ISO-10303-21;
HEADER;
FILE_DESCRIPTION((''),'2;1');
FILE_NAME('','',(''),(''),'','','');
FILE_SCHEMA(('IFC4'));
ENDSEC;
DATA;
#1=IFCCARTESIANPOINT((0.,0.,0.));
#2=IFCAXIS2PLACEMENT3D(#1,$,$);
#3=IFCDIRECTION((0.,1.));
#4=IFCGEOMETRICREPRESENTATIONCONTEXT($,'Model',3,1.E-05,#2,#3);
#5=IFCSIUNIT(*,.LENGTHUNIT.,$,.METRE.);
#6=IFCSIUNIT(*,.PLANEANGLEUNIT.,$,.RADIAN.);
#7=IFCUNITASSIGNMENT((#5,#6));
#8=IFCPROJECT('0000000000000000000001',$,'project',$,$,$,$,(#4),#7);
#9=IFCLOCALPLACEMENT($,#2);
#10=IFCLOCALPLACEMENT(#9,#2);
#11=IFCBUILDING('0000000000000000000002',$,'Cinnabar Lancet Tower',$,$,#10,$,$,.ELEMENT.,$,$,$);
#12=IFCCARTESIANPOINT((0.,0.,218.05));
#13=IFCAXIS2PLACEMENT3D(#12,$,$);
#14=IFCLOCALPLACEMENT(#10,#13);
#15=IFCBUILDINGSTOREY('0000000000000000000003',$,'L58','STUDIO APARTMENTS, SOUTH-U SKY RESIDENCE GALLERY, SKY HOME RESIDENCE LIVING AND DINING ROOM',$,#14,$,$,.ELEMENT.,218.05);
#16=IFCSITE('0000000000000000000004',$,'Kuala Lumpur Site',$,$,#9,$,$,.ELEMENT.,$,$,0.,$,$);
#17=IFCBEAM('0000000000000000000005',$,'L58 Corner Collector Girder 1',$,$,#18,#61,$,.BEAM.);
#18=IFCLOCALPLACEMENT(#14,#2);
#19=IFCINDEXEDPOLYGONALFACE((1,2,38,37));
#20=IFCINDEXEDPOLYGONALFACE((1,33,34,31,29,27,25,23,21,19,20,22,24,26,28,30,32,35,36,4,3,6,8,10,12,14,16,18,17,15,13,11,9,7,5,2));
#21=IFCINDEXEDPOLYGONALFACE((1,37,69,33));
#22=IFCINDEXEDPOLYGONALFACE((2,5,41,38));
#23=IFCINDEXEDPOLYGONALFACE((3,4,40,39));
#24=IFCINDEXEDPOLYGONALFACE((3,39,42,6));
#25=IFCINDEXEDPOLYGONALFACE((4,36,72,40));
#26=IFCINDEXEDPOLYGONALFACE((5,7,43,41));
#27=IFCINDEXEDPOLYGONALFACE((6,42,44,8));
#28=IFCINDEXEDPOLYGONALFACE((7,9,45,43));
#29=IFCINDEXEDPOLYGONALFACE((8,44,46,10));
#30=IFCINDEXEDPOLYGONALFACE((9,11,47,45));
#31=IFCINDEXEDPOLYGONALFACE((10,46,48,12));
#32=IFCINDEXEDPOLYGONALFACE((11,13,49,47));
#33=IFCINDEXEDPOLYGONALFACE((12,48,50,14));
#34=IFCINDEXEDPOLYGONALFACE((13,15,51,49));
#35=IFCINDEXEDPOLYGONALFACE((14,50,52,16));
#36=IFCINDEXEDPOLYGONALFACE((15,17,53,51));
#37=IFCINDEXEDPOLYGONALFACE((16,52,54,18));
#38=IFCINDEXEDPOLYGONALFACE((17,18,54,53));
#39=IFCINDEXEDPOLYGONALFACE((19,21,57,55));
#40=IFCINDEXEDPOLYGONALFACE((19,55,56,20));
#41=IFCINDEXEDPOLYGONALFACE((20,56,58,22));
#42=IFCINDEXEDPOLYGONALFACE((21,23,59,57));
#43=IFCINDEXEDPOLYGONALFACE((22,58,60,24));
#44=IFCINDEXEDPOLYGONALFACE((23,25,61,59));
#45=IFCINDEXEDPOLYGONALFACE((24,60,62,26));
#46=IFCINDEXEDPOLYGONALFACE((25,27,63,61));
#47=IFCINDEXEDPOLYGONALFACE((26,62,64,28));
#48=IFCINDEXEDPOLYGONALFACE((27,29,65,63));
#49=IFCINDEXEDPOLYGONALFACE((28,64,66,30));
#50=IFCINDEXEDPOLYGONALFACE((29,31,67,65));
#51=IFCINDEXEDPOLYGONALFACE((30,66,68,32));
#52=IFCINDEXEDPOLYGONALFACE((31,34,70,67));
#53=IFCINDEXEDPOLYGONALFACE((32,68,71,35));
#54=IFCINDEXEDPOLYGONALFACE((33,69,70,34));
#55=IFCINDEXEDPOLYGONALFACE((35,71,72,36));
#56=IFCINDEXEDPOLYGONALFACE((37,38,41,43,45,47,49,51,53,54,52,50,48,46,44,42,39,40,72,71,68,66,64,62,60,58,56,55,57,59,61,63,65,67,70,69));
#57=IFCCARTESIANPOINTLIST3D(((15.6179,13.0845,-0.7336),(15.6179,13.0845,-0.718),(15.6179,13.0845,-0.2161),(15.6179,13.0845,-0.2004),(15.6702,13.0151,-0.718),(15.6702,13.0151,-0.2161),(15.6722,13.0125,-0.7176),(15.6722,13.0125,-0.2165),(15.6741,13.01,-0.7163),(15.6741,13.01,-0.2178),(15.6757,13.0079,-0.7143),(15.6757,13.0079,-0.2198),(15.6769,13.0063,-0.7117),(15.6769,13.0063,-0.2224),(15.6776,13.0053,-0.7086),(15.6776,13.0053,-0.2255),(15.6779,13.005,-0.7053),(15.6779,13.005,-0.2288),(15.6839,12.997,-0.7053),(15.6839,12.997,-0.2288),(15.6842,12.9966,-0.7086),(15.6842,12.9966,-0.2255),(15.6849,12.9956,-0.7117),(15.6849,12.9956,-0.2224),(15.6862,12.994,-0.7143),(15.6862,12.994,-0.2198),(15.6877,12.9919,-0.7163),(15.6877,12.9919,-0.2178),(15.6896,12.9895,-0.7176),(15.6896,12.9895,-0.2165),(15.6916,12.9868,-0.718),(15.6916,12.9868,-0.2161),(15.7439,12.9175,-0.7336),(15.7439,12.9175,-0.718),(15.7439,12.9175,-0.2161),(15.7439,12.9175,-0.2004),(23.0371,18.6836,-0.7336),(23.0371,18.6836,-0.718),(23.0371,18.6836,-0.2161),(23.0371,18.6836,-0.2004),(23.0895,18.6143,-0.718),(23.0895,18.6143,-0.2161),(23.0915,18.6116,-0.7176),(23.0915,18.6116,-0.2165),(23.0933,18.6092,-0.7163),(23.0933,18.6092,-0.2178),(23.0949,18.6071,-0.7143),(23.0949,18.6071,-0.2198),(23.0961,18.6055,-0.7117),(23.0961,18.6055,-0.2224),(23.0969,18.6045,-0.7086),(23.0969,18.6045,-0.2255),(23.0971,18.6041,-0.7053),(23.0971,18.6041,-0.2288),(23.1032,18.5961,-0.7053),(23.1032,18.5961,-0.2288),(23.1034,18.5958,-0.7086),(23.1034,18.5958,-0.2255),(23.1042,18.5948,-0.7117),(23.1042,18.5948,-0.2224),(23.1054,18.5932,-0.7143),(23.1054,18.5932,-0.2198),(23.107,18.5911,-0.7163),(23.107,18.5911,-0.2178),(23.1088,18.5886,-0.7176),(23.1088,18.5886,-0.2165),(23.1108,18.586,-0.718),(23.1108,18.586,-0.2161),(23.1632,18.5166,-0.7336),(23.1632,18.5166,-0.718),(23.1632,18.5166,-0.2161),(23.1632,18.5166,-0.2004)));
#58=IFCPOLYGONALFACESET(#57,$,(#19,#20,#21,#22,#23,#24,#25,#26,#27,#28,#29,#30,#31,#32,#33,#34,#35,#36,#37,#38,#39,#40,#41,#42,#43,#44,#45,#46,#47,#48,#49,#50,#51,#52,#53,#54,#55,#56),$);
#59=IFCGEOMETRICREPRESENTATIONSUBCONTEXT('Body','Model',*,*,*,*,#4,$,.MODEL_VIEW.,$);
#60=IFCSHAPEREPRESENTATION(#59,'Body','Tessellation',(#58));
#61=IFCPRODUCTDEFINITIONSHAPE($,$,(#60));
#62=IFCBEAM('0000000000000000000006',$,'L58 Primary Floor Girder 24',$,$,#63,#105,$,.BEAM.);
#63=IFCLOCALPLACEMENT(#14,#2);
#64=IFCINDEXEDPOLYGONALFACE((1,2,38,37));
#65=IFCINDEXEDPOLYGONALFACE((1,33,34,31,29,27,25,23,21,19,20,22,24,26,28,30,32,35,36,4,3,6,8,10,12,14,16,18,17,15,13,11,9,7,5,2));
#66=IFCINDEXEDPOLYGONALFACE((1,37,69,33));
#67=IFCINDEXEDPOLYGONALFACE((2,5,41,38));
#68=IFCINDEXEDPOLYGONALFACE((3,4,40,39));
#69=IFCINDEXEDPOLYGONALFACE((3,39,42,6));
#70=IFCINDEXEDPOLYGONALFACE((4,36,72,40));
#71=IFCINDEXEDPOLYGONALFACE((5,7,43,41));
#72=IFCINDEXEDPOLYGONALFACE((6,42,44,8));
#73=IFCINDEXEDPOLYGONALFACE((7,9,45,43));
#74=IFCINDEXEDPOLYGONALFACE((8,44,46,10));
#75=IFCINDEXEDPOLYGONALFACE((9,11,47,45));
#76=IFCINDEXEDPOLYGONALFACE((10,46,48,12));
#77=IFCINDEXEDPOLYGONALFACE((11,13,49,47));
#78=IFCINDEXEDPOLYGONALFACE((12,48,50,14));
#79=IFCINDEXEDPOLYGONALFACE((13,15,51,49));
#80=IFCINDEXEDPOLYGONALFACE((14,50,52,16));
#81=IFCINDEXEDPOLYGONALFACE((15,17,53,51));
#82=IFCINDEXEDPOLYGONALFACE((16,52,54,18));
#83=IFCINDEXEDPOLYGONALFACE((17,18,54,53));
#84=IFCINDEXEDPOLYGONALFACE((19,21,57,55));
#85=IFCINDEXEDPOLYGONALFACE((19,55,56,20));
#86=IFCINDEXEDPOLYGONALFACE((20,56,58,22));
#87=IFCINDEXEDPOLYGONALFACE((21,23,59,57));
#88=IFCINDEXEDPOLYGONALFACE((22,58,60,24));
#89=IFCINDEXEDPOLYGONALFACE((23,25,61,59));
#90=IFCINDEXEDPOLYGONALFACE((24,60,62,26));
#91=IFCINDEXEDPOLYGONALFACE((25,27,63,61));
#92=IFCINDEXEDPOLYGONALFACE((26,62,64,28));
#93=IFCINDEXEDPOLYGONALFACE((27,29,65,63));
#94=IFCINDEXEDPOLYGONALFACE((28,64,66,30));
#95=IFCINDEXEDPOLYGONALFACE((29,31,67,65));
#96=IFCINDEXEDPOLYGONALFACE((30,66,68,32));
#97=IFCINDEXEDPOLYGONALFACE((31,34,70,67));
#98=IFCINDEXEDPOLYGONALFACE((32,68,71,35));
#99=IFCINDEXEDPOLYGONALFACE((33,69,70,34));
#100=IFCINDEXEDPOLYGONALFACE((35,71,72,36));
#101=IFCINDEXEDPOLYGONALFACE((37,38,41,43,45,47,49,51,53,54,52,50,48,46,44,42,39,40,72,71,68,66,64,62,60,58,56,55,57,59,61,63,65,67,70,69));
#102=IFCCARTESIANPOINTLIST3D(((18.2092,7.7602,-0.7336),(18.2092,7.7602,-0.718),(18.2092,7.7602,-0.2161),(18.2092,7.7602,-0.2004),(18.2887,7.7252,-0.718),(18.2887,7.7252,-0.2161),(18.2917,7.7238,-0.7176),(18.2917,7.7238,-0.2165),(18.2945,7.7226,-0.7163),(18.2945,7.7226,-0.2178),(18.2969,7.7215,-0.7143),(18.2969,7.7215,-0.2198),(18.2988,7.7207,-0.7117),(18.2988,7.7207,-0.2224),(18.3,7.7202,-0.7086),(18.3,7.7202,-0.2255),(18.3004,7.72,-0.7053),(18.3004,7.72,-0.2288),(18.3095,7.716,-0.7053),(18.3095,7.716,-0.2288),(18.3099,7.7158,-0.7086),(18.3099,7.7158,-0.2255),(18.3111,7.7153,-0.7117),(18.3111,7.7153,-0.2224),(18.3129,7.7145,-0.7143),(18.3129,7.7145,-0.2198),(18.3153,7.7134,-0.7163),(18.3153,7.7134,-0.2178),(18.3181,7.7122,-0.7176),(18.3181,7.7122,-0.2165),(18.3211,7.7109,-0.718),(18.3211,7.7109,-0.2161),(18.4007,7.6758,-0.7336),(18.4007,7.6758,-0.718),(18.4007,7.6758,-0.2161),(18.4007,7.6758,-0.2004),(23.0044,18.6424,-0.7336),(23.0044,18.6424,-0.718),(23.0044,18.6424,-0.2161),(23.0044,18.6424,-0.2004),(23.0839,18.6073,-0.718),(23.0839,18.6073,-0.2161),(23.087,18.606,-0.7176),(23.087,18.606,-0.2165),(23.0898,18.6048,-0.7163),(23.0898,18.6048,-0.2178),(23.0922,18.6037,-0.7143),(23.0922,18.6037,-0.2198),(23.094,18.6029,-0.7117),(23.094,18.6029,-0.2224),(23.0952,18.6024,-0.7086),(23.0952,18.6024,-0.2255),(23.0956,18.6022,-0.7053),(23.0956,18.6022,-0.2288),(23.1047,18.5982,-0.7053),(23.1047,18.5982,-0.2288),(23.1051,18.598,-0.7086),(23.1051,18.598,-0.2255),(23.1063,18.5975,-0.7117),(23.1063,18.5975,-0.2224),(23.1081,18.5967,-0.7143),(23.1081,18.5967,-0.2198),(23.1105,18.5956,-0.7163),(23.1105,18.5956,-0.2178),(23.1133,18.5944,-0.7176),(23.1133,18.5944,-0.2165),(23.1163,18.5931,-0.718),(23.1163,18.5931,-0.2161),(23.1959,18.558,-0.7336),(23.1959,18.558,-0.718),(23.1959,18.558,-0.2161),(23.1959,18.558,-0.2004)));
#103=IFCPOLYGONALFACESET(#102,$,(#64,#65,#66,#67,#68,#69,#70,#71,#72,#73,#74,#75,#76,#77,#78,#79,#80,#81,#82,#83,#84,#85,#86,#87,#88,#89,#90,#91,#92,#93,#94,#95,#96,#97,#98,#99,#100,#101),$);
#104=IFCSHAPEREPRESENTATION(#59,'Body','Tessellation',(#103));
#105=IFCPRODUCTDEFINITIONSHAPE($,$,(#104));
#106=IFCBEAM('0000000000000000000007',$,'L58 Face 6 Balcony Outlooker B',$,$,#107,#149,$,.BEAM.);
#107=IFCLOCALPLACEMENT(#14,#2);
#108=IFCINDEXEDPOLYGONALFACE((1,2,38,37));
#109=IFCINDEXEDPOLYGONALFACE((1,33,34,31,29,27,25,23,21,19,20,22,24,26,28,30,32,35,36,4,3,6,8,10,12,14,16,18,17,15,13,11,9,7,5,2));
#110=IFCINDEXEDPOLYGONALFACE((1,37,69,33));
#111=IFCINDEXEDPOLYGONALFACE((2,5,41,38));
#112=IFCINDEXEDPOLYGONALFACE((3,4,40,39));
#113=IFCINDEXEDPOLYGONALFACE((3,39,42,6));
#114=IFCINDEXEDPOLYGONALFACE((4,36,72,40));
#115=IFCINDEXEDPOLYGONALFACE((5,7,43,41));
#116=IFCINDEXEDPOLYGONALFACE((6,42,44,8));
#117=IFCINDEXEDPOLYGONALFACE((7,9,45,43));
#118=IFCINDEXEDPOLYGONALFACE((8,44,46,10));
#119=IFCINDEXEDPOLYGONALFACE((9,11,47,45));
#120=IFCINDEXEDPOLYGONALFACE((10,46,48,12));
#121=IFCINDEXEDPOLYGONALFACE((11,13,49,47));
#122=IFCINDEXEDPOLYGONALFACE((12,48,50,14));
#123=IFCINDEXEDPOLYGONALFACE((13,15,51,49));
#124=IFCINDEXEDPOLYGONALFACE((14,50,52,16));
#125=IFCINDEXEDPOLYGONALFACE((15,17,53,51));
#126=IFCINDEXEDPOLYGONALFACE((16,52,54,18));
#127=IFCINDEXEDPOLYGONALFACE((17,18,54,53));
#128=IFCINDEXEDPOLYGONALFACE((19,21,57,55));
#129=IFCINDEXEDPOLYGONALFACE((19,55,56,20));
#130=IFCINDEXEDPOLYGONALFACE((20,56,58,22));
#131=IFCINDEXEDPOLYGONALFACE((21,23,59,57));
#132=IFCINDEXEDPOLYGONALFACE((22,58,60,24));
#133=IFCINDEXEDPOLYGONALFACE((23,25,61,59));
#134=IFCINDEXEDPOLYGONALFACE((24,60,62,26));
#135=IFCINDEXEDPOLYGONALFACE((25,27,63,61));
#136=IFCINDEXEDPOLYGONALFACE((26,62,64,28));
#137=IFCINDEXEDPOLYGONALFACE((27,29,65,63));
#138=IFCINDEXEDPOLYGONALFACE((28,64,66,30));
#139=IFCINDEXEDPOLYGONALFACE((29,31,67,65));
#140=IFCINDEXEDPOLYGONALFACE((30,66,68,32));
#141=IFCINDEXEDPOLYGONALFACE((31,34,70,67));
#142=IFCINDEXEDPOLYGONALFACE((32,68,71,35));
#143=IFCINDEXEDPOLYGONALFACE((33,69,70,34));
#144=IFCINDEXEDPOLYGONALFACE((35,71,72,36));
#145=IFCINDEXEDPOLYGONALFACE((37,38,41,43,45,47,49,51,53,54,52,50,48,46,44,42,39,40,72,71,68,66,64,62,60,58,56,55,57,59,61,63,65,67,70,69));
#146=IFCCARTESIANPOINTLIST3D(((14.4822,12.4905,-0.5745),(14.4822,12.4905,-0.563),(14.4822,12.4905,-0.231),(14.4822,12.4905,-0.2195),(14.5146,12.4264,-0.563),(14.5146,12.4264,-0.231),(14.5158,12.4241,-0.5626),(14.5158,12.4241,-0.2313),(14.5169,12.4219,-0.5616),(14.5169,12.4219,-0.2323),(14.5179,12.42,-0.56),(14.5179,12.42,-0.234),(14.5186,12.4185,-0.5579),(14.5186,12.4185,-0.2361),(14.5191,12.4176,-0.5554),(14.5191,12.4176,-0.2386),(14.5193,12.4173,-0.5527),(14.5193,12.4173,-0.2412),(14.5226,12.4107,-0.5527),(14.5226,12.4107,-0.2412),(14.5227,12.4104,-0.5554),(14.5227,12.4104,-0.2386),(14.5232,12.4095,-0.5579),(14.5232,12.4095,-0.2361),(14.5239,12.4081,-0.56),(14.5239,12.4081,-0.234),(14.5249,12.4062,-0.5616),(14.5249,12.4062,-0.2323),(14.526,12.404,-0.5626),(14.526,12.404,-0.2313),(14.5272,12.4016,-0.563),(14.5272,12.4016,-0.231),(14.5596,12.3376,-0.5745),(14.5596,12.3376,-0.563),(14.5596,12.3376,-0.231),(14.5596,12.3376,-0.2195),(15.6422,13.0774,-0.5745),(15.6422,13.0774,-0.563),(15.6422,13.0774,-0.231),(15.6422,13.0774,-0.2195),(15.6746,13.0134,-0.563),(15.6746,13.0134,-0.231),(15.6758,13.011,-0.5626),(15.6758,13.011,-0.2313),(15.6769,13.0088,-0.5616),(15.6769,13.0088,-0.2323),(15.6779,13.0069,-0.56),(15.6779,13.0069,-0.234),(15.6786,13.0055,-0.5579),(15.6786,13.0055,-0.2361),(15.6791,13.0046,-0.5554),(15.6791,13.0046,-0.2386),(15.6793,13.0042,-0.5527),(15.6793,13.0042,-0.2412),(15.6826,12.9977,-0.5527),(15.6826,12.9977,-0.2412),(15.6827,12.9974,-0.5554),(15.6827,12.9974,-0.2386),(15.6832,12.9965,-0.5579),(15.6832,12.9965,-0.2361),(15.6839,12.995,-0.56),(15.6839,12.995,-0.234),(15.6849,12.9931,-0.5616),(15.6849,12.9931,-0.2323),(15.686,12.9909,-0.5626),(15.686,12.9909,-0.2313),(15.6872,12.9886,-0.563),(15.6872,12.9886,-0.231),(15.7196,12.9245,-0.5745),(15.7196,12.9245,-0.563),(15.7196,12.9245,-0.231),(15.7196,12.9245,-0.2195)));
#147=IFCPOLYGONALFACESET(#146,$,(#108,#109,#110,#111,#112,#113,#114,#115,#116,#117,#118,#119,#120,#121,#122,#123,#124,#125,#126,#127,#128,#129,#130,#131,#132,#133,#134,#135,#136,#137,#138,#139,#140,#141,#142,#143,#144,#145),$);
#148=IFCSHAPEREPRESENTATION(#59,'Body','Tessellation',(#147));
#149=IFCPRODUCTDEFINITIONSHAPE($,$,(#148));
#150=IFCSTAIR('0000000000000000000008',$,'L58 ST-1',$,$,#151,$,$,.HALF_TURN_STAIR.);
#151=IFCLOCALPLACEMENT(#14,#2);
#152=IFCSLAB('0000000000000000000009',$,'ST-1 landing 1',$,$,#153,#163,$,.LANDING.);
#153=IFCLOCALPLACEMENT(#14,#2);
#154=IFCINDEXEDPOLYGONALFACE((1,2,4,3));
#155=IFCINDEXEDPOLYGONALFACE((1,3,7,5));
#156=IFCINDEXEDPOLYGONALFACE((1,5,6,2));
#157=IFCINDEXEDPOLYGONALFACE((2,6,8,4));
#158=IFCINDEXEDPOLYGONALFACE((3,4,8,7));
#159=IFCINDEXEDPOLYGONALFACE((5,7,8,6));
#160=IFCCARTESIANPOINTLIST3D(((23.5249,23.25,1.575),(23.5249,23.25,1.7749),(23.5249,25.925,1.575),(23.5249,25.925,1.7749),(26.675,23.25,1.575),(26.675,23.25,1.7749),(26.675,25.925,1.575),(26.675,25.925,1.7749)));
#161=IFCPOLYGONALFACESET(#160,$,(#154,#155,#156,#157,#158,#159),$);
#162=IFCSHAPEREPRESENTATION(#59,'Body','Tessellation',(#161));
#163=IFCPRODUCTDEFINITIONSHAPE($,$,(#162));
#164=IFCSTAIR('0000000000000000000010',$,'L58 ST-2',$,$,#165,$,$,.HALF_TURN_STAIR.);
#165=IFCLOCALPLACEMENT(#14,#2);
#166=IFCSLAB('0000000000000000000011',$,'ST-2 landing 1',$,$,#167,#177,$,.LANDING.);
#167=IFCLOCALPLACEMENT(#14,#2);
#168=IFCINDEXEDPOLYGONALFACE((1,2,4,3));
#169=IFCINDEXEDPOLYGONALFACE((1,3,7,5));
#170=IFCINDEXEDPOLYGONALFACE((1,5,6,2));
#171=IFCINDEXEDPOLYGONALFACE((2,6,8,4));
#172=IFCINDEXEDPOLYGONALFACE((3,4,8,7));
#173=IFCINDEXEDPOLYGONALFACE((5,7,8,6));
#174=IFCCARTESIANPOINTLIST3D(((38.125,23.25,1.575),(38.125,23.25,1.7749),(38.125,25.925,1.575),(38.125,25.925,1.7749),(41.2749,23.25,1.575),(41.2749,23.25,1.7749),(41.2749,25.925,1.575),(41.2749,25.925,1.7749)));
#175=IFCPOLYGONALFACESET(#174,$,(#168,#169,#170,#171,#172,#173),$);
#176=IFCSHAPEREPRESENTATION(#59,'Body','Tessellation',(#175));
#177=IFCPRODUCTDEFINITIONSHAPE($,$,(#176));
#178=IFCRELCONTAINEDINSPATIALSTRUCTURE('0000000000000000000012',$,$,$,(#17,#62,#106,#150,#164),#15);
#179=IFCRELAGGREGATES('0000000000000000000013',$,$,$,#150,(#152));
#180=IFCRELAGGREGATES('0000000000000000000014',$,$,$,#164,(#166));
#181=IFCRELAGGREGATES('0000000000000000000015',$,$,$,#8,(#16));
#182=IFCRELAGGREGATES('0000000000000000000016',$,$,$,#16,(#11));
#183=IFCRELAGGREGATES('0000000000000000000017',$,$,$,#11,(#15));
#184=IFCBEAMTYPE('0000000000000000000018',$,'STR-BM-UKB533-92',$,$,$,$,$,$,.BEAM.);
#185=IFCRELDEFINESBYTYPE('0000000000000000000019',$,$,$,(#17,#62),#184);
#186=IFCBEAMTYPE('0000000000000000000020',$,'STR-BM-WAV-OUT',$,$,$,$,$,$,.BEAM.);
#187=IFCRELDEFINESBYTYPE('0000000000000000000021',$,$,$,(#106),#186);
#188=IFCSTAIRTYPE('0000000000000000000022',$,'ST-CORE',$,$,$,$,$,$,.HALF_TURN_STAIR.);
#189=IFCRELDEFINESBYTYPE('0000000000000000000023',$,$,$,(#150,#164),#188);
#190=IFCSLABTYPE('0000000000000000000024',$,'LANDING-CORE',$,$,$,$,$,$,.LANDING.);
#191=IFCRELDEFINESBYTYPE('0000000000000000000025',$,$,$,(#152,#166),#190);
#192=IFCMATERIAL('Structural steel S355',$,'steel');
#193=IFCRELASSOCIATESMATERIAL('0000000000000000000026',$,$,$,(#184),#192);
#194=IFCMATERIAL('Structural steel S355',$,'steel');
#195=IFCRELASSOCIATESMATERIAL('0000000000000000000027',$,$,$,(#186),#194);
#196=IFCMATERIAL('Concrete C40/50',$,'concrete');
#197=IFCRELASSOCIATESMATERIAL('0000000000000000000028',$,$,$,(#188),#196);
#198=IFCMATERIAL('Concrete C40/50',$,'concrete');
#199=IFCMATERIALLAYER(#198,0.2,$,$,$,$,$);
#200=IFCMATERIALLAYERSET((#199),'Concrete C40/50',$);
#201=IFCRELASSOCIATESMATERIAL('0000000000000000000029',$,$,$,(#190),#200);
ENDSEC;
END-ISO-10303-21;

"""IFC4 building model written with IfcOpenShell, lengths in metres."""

from ifc_helpers import new_model, si_unit, direction, frame, origin, origin_2d, place, context, subcontext, project, spatial, polyline, i_section, outline, extrude, material, layer, layer_set, material_profile, profile_set, type_object, element, aggregate, save


model = new_model("IFC4")

# Units and contexts
model_context = context("Model", 3, precision=1e-05, world=origin(), true_north=direction((0.0, 1.0)))
body_context = subcontext(model_context, "Body", "Model", "MODEL_VIEW")
ifc_project = project(units=[si_unit("LENGTHUNIT", "METRE"), si_unit("PLANEANGLEUNIT", "RADIAN")], contexts=[model_context])

# Site, building, storey
site_placement = place(None, origin())
site = spatial("IfcSite", under=ifc_project, at=site_placement, Name="Kuala Lumpur Site", CompositionType="ELEMENT", RefElevation=0.0)
building_placement = place(site_placement, origin())
building = spatial("IfcBuilding", under=site, at=building_placement, Name="Cinnabar Lancet Tower", CompositionType="ELEMENT")
storey_placement = place(building_placement, frame((0.0, 0.0, 218.05)))
storey = spatial("IfcBuildingStorey", under=building, at=storey_placement, Name="L58", Description="STUDIO APARTMENTS, SOUTH-U SKY RESIDENCE GALLERY, SKY HOME RESIDENCE LIVING AND DINING ROOM", CompositionType="ELEMENT", Elevation=218.05)

# Beams
ifc_material_1 = material(Name="Structural steel S355", Category="steel")
ifc_material_profile_1 = material_profile(ifc_material_1, i_section(OverallWidth=0.2092, OverallDepth=0.5332, WebThickness=0.01, FlangeThickness=0.0156, FilletRadius=0.0127, at=origin_2d()), Name="UKB 533x210x92")
ifc_profile_set_1 = profile_set([ifc_material_profile_1], Name="Structural steel S355")
beam_type_1 = type_object("IfcBeamType", Name="STR-BM-UKB533-92", PredefinedType="BEAM", material=ifc_profile_set_1)
beam_1_placement = place(storey_placement, frame((15.6809, 13.001, -0.467), z_axis=(0.798203, 0.602389, 0.0), x_axis=(-0.602389, 0.798203, 0.0)))
element("IfcBeam", 1, at=beam_1_placement, inside=storey, type_object=beam_type_1, Name="L58 Corner Collector Girder 1", PredefinedType="BEAM", context=body_context, shape_type="SweptSolid", body=[
    extrude(i_section(OverallWidth=0.2092, OverallDepth=0.5332, WebThickness=0.01, FlangeThickness=0.0156, FilletRadius=0.0127, at=origin_2d()), origin(), (0.0, 0.0, 1.0), 9.2949),
])
beam_2_placement = place(storey_placement, frame((18.3049, 7.718, -0.467), z_axis=(0.403235, 0.915096, 0.0), x_axis=(-0.915096, 0.403235, 0.0)))
element("IfcBeam", 2, at=beam_2_placement, inside=storey, type_object=beam_type_1, Name="L58 Primary Floor Girder 24", PredefinedType="BEAM", context=body_context, shape_type="SweptSolid", body=[
    extrude(i_section(OverallWidth=0.2092, OverallDepth=0.5332, WebThickness=0.01, FlangeThickness=0.0156, FilletRadius=0.0127, at=origin_2d()), origin(), (0.0, 0.0, 1.0), 11.8918),
])
ifc_material_2 = material(Name="Structural steel S355", Category="steel")
ifc_material_profile_2 = material_profile(ifc_material_2, i_section(OverallWidth=0.1714, OverallDepth=0.355, WebThickness=0.0073, FlangeThickness=0.0115, FilletRadius=0.0103, at=origin_2d()), Name="UKB 356x171x51")
ifc_profile_set_2 = profile_set([ifc_material_profile_2], Name="Structural steel S355")
beam_type_2 = type_object("IfcBeamType", Name="STR-BM-WAV-OUT", PredefinedType="BEAM", material=ifc_profile_set_2)
beam_3_placement = place(storey_placement, frame((15.6809, 13.001, -0.397), z_axis=(-0.892276, -0.45149, 0.0), x_axis=(0.45149, -0.892276, 0.0)))
element("IfcBeam", 3, at=beam_3_placement, inside=storey, type_object=beam_type_2, Name="L58 Face 6 Balcony Outlooker B", PredefinedType="BEAM", context=body_context, shape_type="SweptSolid", body=[
    extrude(i_section(OverallWidth=0.1714, OverallDepth=0.355, WebThickness=0.0073, FlangeThickness=0.0115, FilletRadius=0.0103, at=origin_2d()), origin(), (0.0, 0.0, 1.0), 1.3),
])

# Stairs, slabs
ifc_material_3 = material(Name="Concrete C40/50", Category="concrete")
stair_type = type_object("IfcStairType", Name="ST-CORE", PredefinedType="HALF_TURN_STAIR", material=ifc_material_3)
stair_1_placement = place(storey_placement, origin())
stair_1 = element("IfcStair", 4, at=stair_1_placement, inside=storey, type_object=stair_type, Name="L58 ST-1", PredefinedType="HALF_TURN_STAIR")
ifc_material_4 = material(Name="Concrete C40/50", Category="concrete")
ifc_layer_1 = layer(ifc_material_4, 0.2)
ifc_layer_set_1 = layer_set([ifc_layer_1], Name="Concrete C40/50")
slab_type_1 = type_object("IfcSlabType", Name="LANDING-CORE", PredefinedType="LANDING", material=ifc_layer_set_1)
slab_1_placement = place(storey_placement, frame((0.0, 0.0, 1.575)))
slab_1 = element("IfcSlab", 5, at=slab_1_placement, type_object=slab_type_1, Name="ST-1 landing 1", PredefinedType="LANDING", context=body_context, shape_type="SweptSolid", body=[
    extrude(outline(polyline([(23.5249, 25.925), (23.5249, 23.25), (26.675, 23.25), (26.675, 25.925), (23.5249, 25.925)])), origin(), (0.0, 0.0, 1.0), 0.2),
])
aggregate(stair_1, [slab_1])
stair_2_placement = place(storey_placement, origin())
stair_2 = element("IfcStair", 6, at=stair_2_placement, inside=storey, type_object=stair_type, Name="L58 ST-2", PredefinedType="HALF_TURN_STAIR")
slab_2_placement = place(storey_placement, frame((0.0, 0.0, 1.575)))
slab_2 = element("IfcSlab", 7, at=slab_2_placement, type_object=slab_type_1, Name="ST-2 landing 1", PredefinedType="LANDING", context=body_context, shape_type="SweptSolid", body=[
    extrude(outline(polyline([(38.125, 25.925), (38.125, 23.25), (41.2749, 23.25), (41.2749, 25.925), (38.125, 25.925)])), origin(), (0.0, 0.0, 1.0), 0.2),
])
aggregate(stair_2, [slab_2])

save(model, "model.ifc")
